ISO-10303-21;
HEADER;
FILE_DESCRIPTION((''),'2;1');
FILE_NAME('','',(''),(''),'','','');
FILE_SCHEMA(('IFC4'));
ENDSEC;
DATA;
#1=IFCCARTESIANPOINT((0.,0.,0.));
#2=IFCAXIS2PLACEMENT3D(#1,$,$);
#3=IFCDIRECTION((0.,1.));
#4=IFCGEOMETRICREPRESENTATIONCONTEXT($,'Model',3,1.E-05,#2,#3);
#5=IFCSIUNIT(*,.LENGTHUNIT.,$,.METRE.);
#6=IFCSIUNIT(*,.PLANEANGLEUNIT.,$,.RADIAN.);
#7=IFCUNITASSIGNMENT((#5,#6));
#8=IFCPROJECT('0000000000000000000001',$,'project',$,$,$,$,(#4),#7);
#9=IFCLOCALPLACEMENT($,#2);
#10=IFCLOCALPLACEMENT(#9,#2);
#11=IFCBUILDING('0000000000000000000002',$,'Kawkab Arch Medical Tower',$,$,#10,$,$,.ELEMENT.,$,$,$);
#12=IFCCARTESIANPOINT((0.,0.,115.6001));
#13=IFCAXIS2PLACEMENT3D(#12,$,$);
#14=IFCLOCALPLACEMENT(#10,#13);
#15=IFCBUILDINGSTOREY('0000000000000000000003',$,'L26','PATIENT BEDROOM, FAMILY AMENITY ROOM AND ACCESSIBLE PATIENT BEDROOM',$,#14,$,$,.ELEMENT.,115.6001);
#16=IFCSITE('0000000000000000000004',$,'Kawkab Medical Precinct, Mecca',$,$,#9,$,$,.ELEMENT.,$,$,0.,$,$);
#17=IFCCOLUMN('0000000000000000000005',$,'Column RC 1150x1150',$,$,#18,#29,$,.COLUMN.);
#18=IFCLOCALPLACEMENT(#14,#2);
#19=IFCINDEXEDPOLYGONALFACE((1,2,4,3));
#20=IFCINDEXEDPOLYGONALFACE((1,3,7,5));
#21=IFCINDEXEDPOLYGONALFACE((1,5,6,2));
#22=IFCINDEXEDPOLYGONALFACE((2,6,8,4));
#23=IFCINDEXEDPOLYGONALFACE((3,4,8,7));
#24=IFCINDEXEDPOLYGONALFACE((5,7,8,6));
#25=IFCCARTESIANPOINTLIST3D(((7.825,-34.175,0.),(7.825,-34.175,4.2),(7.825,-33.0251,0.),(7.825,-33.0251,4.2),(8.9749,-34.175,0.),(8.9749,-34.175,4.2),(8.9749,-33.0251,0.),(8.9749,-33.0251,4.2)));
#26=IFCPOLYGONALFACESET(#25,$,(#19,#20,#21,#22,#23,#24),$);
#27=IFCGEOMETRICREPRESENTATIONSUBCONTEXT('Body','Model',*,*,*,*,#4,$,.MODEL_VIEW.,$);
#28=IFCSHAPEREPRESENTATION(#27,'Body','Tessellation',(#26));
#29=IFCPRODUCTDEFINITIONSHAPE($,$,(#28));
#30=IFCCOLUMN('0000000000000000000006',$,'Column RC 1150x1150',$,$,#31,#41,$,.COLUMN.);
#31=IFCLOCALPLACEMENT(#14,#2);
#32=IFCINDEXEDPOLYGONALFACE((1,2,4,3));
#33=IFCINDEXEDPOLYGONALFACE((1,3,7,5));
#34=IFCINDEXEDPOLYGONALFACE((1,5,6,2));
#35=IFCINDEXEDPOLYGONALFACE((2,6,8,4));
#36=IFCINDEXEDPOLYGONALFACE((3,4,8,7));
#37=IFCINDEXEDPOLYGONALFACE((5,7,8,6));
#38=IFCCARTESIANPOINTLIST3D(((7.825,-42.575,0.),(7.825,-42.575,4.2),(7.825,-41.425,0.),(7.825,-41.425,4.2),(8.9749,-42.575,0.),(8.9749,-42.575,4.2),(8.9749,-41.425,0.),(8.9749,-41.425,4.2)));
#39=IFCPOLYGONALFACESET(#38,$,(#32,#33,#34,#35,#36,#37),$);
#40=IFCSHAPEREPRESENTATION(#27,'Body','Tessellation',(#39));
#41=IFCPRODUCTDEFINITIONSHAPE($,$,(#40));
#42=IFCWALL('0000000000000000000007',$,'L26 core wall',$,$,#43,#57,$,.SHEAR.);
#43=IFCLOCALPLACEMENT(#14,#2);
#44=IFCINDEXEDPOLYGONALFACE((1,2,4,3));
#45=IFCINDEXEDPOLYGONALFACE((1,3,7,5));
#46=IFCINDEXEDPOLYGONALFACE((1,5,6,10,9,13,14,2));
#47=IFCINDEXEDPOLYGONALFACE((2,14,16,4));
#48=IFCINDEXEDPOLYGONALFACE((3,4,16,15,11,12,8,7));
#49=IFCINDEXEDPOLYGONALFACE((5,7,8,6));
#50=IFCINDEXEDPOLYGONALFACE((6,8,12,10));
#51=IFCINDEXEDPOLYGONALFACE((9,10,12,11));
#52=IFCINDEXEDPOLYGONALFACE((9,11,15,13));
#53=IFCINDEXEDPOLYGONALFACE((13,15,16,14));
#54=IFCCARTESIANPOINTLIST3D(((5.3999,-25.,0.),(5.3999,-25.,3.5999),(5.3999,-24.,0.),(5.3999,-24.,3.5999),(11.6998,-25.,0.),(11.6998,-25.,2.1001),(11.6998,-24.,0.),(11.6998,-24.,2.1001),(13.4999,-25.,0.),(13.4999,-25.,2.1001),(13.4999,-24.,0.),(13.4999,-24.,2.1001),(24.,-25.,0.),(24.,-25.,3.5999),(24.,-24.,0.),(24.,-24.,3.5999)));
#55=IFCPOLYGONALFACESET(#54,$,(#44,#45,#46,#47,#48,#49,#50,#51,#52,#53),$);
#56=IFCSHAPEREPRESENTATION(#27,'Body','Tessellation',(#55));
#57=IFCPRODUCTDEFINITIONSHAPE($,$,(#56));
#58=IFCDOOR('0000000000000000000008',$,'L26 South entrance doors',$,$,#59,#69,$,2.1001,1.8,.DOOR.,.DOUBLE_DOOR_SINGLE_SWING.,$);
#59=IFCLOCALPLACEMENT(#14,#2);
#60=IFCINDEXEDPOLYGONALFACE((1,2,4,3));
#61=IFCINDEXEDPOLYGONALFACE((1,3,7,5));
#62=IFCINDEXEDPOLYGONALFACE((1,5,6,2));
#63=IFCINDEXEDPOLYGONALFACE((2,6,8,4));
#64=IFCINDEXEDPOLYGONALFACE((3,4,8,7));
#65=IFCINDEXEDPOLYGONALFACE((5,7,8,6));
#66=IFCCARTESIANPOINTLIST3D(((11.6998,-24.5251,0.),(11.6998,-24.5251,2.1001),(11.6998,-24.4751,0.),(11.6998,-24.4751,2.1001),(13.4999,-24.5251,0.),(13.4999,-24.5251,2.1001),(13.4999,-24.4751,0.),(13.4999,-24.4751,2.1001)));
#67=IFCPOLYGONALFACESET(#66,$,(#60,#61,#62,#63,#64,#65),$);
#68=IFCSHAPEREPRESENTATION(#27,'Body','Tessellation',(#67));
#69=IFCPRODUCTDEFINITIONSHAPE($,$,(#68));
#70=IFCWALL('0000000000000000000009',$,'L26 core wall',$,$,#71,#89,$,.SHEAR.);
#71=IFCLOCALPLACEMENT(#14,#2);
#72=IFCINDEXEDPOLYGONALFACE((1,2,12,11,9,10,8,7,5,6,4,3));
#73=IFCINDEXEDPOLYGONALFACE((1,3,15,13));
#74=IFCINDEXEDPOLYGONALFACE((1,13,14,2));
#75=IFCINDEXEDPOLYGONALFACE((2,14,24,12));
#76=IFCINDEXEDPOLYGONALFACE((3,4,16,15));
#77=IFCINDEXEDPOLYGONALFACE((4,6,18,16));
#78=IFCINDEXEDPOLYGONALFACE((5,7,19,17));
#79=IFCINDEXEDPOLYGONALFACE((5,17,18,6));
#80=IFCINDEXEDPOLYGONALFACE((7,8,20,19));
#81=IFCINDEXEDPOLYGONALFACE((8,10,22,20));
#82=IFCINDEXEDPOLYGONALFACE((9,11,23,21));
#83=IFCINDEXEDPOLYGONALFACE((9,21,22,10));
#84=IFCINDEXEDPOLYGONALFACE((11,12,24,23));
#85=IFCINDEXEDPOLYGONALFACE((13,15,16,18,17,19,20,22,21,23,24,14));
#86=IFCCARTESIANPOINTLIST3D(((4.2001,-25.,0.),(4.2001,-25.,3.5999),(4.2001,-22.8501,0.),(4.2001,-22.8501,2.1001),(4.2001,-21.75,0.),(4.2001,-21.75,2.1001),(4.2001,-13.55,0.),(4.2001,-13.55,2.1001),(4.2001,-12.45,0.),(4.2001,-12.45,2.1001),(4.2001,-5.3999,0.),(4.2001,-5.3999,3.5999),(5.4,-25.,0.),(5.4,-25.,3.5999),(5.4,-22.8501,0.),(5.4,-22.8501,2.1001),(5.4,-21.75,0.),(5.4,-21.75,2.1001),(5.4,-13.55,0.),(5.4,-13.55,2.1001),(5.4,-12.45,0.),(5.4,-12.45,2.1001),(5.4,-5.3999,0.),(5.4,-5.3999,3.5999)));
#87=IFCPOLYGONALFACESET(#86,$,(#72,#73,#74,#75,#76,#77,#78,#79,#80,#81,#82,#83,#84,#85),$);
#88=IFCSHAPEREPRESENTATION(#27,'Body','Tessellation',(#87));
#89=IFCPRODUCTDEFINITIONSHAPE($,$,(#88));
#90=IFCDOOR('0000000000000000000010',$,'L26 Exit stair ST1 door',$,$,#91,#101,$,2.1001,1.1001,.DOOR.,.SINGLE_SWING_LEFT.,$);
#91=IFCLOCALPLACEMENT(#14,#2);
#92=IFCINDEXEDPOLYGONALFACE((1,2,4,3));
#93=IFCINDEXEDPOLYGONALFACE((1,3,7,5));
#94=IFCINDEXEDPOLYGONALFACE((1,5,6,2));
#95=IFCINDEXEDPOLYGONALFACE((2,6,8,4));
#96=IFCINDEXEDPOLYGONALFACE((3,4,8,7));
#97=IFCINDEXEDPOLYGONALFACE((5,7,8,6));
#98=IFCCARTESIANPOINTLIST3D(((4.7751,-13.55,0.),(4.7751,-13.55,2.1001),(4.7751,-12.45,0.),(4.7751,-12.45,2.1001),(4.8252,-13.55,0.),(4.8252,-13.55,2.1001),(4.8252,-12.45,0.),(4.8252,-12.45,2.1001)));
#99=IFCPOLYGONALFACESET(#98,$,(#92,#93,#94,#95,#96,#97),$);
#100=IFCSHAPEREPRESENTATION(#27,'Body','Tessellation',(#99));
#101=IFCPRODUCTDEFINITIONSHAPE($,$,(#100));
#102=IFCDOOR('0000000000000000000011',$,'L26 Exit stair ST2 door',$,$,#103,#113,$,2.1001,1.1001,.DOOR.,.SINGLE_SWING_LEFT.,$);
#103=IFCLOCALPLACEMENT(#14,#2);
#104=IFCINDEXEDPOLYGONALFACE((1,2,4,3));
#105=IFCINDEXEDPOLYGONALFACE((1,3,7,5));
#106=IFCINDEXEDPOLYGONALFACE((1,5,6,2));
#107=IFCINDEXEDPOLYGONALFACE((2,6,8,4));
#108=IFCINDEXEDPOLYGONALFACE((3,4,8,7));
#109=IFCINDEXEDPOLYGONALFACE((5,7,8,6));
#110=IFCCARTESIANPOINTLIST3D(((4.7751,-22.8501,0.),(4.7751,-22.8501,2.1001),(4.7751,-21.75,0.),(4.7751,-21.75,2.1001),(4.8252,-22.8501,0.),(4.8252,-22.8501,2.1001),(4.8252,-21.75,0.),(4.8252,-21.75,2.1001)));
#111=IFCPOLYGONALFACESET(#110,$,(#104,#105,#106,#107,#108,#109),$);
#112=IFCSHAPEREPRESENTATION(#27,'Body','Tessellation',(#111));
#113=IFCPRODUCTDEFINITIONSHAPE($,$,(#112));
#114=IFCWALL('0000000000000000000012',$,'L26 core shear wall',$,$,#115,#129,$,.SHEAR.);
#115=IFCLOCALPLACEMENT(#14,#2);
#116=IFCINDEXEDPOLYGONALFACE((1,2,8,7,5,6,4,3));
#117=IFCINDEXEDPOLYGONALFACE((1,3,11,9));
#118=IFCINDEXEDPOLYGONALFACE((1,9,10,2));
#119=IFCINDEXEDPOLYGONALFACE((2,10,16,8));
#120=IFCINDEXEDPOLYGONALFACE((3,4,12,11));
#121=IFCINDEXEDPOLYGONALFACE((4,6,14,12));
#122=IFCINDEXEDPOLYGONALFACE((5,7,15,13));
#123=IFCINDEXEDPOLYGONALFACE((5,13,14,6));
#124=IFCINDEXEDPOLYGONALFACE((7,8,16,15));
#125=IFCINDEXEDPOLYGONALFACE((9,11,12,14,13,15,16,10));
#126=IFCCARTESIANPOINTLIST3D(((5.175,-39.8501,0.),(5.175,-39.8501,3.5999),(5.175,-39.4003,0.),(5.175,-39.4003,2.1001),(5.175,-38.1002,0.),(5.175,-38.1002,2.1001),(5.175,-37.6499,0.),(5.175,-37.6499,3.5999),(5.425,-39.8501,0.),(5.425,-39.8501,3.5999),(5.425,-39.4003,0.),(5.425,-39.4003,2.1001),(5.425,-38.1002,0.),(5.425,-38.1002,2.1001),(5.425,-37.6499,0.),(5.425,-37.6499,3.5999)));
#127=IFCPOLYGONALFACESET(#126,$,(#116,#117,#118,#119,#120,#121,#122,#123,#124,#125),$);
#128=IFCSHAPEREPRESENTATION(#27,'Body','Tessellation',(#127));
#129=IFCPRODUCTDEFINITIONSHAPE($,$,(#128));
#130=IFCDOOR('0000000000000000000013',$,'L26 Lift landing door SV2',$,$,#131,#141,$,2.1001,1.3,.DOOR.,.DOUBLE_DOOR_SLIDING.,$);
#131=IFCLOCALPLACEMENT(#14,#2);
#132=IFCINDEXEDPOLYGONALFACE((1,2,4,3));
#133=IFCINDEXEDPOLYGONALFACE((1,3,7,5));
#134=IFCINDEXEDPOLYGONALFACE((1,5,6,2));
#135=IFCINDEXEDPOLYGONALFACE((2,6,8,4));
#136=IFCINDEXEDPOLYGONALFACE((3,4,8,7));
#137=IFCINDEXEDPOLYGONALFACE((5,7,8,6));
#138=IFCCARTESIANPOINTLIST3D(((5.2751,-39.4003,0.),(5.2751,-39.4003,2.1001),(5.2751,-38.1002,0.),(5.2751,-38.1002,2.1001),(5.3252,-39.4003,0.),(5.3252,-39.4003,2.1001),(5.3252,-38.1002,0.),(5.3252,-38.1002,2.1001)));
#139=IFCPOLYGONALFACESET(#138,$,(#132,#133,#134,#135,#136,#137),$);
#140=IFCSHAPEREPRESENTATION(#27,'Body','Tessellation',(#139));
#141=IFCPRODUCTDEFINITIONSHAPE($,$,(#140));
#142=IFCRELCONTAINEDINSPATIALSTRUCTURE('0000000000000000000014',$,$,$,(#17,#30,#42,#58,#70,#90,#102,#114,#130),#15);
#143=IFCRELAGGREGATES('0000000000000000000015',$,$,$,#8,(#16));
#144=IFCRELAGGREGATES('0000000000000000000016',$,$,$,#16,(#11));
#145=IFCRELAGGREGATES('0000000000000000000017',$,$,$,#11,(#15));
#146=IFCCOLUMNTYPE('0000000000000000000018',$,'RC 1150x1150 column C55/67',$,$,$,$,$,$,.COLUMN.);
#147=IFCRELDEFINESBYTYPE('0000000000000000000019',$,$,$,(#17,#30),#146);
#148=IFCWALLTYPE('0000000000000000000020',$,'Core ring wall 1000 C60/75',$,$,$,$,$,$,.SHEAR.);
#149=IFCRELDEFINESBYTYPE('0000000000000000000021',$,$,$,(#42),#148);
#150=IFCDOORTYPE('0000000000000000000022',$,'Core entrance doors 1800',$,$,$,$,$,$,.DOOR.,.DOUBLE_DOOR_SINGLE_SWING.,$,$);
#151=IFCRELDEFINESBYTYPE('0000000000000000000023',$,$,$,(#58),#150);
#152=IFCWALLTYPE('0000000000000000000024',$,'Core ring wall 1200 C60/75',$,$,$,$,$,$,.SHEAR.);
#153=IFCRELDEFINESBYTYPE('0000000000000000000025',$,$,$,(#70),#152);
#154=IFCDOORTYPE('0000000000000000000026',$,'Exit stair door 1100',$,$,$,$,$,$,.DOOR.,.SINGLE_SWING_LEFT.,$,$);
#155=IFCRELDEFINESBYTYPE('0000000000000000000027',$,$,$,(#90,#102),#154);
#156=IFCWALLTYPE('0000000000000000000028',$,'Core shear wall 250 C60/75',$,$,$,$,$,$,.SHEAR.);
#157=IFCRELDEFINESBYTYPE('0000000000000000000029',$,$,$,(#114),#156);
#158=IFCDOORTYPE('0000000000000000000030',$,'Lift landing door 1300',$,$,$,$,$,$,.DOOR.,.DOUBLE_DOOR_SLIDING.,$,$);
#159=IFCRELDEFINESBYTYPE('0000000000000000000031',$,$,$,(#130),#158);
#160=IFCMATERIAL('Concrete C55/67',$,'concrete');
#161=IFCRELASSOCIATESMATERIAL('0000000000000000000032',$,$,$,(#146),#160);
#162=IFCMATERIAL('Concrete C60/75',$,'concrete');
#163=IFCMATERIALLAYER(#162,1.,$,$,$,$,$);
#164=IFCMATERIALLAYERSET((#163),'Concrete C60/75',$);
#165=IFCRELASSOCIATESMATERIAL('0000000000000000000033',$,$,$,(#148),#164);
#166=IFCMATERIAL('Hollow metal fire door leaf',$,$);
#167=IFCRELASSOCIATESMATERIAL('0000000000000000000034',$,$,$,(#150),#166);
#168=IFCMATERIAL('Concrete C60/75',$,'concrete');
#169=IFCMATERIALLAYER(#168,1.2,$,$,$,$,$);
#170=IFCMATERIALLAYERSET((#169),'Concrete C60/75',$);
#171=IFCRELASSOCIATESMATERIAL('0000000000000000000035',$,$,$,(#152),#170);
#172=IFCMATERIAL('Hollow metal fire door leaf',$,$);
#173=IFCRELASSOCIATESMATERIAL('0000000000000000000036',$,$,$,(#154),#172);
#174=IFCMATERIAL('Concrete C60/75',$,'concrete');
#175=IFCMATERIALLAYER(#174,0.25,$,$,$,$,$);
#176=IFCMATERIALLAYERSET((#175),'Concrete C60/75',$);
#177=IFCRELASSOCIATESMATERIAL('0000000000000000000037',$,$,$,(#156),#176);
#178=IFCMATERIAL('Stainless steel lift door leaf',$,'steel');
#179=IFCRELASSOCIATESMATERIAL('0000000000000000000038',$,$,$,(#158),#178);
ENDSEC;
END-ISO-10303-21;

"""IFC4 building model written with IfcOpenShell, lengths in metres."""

from ifc_helpers import new_model, si_unit, direction, frame, frame_2d, origin, origin_2d, place, context, subcontext, project, spatial, rectangle, extrude, material, layer, layer_set, material_profile, profile_set, type_object, element, fill, save


model = new_model("IFC4")

# Units and contexts
model_context = context("Model", 3, precision=1e-05, world=origin(), true_north=direction((0.0, 1.0)))
body_context = subcontext(model_context, "Body", "Model", "MODEL_VIEW")
ifc_project = project(units=[si_unit("LENGTHUNIT", "METRE"), si_unit("PLANEANGLEUNIT", "RADIAN")], contexts=[model_context])

# Site, building, storey
site_placement = place(None, origin())
site = spatial("IfcSite", under=ifc_project, at=site_placement, Name="Kawkab Medical Precinct, Mecca", CompositionType="ELEMENT", RefElevation=0.0)
building_placement = place(site_placement, origin())
building = spatial("IfcBuilding", under=site, at=building_placement, Name="Kawkab Arch Medical Tower", CompositionType="ELEMENT")
storey_placement = place(building_placement, frame((0.0, 0.0, 115.6001)))
storey = spatial("IfcBuildingStorey", under=building, at=storey_placement, Name="L26", Description="PATIENT BEDROOM, FAMILY AMENITY ROOM AND ACCESSIBLE PATIENT BEDROOM", CompositionType="ELEMENT", Elevation=115.6001)

# Columns
ifc_material_1 = material(Name="Concrete C55/67", Category="concrete")
ifc_material_profile = material_profile(ifc_material_1, rectangle(XDim=1.1499, YDim=1.1499, at=origin_2d()), Name="RC 1150x1150")
ifc_profile_set = profile_set([ifc_material_profile], Name="Concrete C55/67")
column_type = type_object("IfcColumnType", Name="RC 1150x1150 column C55/67", PredefinedType="COLUMN", material=ifc_profile_set)
for number, where, z_axis, x_axis, name in (
    (1, (8.3999, -33.6001, 0.0), (0.0, 0.0, 1.0), (1.0, 0.0, 0.0), "Column RC 1150x1150"),
    (2, (8.3999, -42.0, 0.0), (0.0, 0.0, 1.0), (1.0, 0.0, 0.0), "Column RC 1150x1150"),
):
    element("IfcColumn", number, at=place(storey_placement, frame(where, z_axis=z_axis, x_axis=x_axis)), inside=storey, type_object=column_type, Name=name, PredefinedType="COLUMN", context=body_context, shape_type="SweptSolid", body=[
        extrude(rectangle(XDim=1.1499, YDim=1.1499, at=origin_2d()), origin(), (0.0, 0.0, 1.0), 4.2),
    ])

# Wall, opening, door
ifc_material_2 = material(Name="Concrete C60/75", Category="concrete")
ifc_layer_1 = layer(ifc_material_2, 1.0)
ifc_layer_set_1 = layer_set([ifc_layer_1], Name="Concrete C60/75")
wall_type_1 = type_object("IfcWallType", Name="Core ring wall 1000 C60/75", PredefinedType="SHEAR", material=ifc_layer_set_1)
wall_1_placement = place(storey_placement, frame((5.3999, -24.5, 0.0), z_axis=(0.0, 0.0, 1.0), x_axis=(1.0, 0.0, 0.0)))
wall_1 = element("IfcWall", 3, at=wall_1_placement, inside=storey, type_object=wall_type_1, Name="L26 core wall", PredefinedType="SHEAR", context=body_context, shape_type="SweptSolid", body=[
    extrude(rectangle(XDim=18.6001, YDim=1.0, at=frame_2d((9.3, 0.0))), origin(), (0.0, 0.0, 1.0), 3.5999),
])
opening_1_placement = place(wall_1_placement, frame((6.3, 0.0, 0.0)))
opening_1 = element("IfcOpeningElement", 4, at=opening_1_placement, cuts=wall_1, PredefinedType="OPENING", context=body_context, shape_type="SweptSolid", body=[
    extrude(rectangle(XDim=1.8, YDim=2.1001, at=frame_2d((0.8999, 1.05))), frame((0.0, 0.51, 0.0), z_axis=(0.0, -1.0, 0.0), x_axis=(1.0, 0.0, 0.0)), (0.0, 0.0, 1.0), 1.02),
])
ifc_material_3 = material(Name="Hollow metal fire door leaf")
door_type_1 = type_object("IfcDoorType", Name="Core entrance doors 1800", OperationType="DOUBLE_DOOR_SINGLE_SWING", PredefinedType="DOOR", material=ifc_material_3)
door_1_placement = place(opening_1_placement, origin())
door_1 = element("IfcDoor", 5, at=door_1_placement, inside=storey, type_object=door_type_1, Name="L26 South entrance doors", OperationType="DOUBLE_DOOR_SINGLE_SWING", OverallHeight=2.1001, OverallWidth=1.8, PredefinedType="DOOR", context=body_context, shape_type="SweptSolid", body=[
    extrude(rectangle(XDim=1.8, YDim=2.1001, at=frame_2d((0.8999, 1.05))), frame((0.0, 0.0249, 0.0), z_axis=(0.0, -1.0, 0.0), x_axis=(1.0, 0.0, 0.0)), (0.0, 0.0, 1.0), 0.05),
])
fill(opening_1, door_1)

# Wall, openings, doors
ifc_material_4 = material(Name="Concrete C60/75", Category="concrete")
ifc_layer_2 = layer(ifc_material_4, 1.2)
ifc_layer_set_2 = layer_set([ifc_layer_2], Name="Concrete C60/75")
wall_type_2 = type_object("IfcWallType", Name="Core ring wall 1200 C60/75", PredefinedType="SHEAR", material=ifc_layer_set_2)
wall_2_placement = place(storey_placement, frame((4.8, -25.0, 0.0), z_axis=(0.0, 0.0, 1.0), x_axis=(0.0, 1.0, 0.0)))
wall_2 = element("IfcWall", 6, at=wall_2_placement, inside=storey, type_object=wall_type_2, Name="L26 core wall", PredefinedType="SHEAR", context=body_context, shape_type="SweptSolid", body=[
    extrude(rectangle(XDim=19.6001, YDim=1.2, at=frame_2d((9.8, 0.0))), origin(), (0.0, 0.0, 1.0), 3.5999),
])
opening_2_placement = place(wall_2_placement, frame((11.45, 0.0, 0.0)))
opening_2 = element("IfcOpeningElement", 7, at=opening_2_placement, cuts=wall_2, PredefinedType="OPENING", context=body_context, shape_type="SweptSolid", body=[
    extrude(rectangle(XDim=1.1001, YDim=2.1001, at=frame_2d((0.55, 1.05))), frame((0.0, 0.6099, 0.0), z_axis=(0.0, -1.0, 0.0), x_axis=(1.0, 0.0, 0.0)), (0.0, 0.0, 1.0), 1.22),
])
opening_3_placement = place(wall_2_placement, frame((2.1499, 0.0, 0.0)))
opening_3 = element("IfcOpeningElement", 8, at=opening_3_placement, cuts=wall_2, PredefinedType="OPENING", context=body_context, shape_type="SweptSolid", body=[
    extrude(rectangle(XDim=1.1001, YDim=2.1001, at=frame_2d((0.55, 1.05))), frame((0.0, 0.6099, 0.0), z_axis=(0.0, -1.0, 0.0), x_axis=(1.0, 0.0, 0.0)), (0.0, 0.0, 1.0), 1.22),
])
ifc_material_5 = material(Name="Hollow metal fire door leaf")
door_type_2 = type_object("IfcDoorType", Name="Exit stair door 1100", OperationType="SINGLE_SWING_LEFT", PredefinedType="DOOR", material=ifc_material_5)
door_2_placement = place(opening_2_placement, origin())
door_2 = element("IfcDoor", 9, at=door_2_placement, inside=storey, type_object=door_type_2, Name="L26 Exit stair ST1 door", OperationType="SINGLE_SWING_LEFT", OverallHeight=2.1001, OverallWidth=1.1001, PredefinedType="DOOR", context=body_context, shape_type="SweptSolid", body=[
    extrude(rectangle(XDim=1.1001, YDim=2.1001, at=frame_2d((0.55, 1.05))), frame((0.0, 0.0249, 0.0), z_axis=(0.0, -1.0, 0.0), x_axis=(1.0, 0.0, 0.0)), (0.0, 0.0, 1.0), 0.05),
])
fill(opening_2, door_2)
door_3_placement = place(opening_3_placement, origin())
door_3 = element("IfcDoor", 10, at=door_3_placement, inside=storey, type_object=door_type_2, Name="L26 Exit stair ST2 door", OperationType="SINGLE_SWING_LEFT", OverallHeight=2.1001, OverallWidth=1.1001, PredefinedType="DOOR", context=body_context, shape_type="SweptSolid", body=[
    extrude(rectangle(XDim=1.1001, YDim=2.1001, at=frame_2d((0.55, 1.05))), frame((0.0, 0.0249, 0.0), z_axis=(0.0, -1.0, 0.0), x_axis=(1.0, 0.0, 0.0)), (0.0, 0.0, 1.0), 0.05),
])
fill(opening_3, door_3)

# Wall, opening, door
ifc_material_6 = material(Name="Concrete C60/75", Category="concrete")
ifc_layer_3 = layer(ifc_material_6, 0.25)
ifc_layer_set_3 = layer_set([ifc_layer_3], Name="Concrete C60/75")
wall_type_3 = type_object("IfcWallType", Name="Core shear wall 250 C60/75", PredefinedType="SHEAR", material=ifc_layer_set_3)
wall_3_placement = place(storey_placement, frame((5.3, -39.8501, 0.0), z_axis=(0.0, 0.0, 1.0), x_axis=(0.0, 1.0, 0.0)))
wall_3 = element("IfcWall", 11, at=wall_3_placement, inside=storey, type_object=wall_type_3, Name="L26 core shear wall", PredefinedType="SHEAR", context=body_context, shape_type="SweptSolid", body=[
    extrude(rectangle(XDim=2.2002, YDim=0.25, at=frame_2d((1.1001, 0.0))), origin(), (0.0, 0.0, 1.0), 3.5999),
])
opening_4_placement = place(wall_3_placement, frame((0.45, 0.0, 0.0)))
opening_4 = element("IfcOpeningElement", 12, at=opening_4_placement, cuts=wall_3, PredefinedType="OPENING", context=body_context, shape_type="SweptSolid", body=[
    extrude(rectangle(XDim=1.3, YDim=2.1001, at=frame_2d((0.6499, 1.05))), frame((0.0, 0.135, 0.0), z_axis=(0.0, -1.0, 0.0), x_axis=(1.0, 0.0, 0.0)), (0.0, 0.0, 1.0), 0.27),
])
ifc_material_7 = material(Name="Stainless steel lift door leaf", Category="steel")
door_type_3 = type_object("IfcDoorType", Name="Lift landing door 1300", OperationType="DOUBLE_DOOR_SLIDING", PredefinedType="DOOR", material=ifc_material_7)
door_4_placement = place(opening_4_placement, origin())
door_4 = element("IfcDoor", 13, at=door_4_placement, inside=storey, type_object=door_type_3, Name="L26 Lift landing door SV2", OperationType="DOUBLE_DOOR_SLIDING", OverallHeight=2.1001, OverallWidth=1.3, PredefinedType="DOOR", context=body_context, shape_type="SweptSolid", body=[
    extrude(rectangle(XDim=1.3, YDim=2.1001, at=frame_2d((0.6499, 1.05))), frame((0.0, 0.0249, 0.0), z_axis=(0.0, -1.0, 0.0), x_axis=(1.0, 0.0, 0.0)), (0.0, 0.0, 1.0), 0.05),
])
fill(opening_4, door_4)

save(model, "model.ifc")
